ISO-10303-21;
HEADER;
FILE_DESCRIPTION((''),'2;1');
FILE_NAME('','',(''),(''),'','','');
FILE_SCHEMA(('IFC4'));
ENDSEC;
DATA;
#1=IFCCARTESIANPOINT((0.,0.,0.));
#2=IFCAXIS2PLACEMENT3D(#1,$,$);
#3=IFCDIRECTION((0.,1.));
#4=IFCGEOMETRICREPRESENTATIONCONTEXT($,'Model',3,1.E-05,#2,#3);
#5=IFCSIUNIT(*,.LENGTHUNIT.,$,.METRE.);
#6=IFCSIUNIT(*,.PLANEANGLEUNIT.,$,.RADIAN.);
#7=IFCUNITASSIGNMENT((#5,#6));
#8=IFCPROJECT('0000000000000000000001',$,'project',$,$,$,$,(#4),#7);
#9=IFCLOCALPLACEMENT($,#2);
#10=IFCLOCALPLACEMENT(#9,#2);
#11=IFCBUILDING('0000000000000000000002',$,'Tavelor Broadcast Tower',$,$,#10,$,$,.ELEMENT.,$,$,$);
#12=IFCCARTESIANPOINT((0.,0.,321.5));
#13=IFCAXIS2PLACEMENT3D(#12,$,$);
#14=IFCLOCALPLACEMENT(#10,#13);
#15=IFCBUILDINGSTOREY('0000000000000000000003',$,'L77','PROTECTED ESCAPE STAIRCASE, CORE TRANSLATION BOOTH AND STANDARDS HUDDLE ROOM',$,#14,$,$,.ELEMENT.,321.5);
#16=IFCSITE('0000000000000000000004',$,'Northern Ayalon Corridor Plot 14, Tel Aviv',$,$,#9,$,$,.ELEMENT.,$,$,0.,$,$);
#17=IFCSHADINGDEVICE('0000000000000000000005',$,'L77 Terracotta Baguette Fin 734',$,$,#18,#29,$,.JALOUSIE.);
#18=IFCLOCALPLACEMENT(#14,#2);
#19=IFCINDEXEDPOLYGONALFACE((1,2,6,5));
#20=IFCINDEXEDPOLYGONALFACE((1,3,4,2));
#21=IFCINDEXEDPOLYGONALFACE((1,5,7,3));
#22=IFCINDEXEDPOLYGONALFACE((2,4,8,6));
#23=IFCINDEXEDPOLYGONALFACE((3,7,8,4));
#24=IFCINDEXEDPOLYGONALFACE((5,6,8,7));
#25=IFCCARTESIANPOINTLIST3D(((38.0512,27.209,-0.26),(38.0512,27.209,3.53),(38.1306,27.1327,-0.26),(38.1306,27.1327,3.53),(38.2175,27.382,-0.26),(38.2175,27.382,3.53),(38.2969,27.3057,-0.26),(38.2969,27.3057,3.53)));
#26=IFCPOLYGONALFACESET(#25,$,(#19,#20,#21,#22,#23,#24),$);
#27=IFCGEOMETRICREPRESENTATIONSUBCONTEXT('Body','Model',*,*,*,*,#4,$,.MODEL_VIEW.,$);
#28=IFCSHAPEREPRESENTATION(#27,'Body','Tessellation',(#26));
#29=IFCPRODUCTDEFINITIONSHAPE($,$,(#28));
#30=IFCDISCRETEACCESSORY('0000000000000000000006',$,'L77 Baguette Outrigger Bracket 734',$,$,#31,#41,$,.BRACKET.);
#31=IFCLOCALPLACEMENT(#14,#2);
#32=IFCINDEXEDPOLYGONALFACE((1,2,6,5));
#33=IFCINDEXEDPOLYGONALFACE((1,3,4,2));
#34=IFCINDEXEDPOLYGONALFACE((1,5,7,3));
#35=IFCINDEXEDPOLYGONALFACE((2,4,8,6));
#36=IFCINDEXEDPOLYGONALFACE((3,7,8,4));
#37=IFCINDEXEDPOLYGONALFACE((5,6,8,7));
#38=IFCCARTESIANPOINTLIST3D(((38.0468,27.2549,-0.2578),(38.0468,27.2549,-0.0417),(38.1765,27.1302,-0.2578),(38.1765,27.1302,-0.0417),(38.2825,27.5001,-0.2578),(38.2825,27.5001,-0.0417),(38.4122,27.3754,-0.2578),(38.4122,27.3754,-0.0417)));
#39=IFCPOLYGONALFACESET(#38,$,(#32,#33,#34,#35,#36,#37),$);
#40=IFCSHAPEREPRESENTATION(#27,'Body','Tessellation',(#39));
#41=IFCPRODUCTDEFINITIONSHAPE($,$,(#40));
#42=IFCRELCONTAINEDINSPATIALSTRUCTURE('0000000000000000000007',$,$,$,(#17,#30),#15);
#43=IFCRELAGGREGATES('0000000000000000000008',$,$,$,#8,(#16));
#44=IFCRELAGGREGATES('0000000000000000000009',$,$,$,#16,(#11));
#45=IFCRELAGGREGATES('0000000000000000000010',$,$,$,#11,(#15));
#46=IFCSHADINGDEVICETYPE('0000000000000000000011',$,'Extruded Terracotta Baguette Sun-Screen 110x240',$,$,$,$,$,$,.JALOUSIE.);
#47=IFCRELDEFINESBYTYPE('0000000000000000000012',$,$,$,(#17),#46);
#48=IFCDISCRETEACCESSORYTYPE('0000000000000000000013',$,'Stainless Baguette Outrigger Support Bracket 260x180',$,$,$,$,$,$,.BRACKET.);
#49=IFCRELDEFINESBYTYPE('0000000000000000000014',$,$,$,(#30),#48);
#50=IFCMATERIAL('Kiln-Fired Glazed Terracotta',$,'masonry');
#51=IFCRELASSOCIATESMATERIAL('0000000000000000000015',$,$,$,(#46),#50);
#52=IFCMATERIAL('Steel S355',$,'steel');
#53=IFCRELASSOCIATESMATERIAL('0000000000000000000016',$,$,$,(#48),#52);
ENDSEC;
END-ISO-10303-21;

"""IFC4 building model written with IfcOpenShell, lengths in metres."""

from ifc_helpers import new_model, si_unit, direction, frame, origin, origin_2d, place, context, subcontext, project, spatial, rectangle, extrude, source, transform, mapped, material, type_object, type_shapes, element, save


model = new_model("IFC4")

# Units and contexts
model_context = context("Model", 3, precision=1e-05, world=origin(), true_north=direction((0.0, 1.0)))
body_context = subcontext(model_context, "Body", "Model", "MODEL_VIEW")
ifc_project = project(units=[si_unit("LENGTHUNIT", "METRE"), si_unit("PLANEANGLEUNIT", "RADIAN")], contexts=[model_context])

# Site, building, storey
site_placement = place(None, origin())
site = spatial("IfcSite", under=ifc_project, at=site_placement, Name="Northern Ayalon Corridor Plot 14, Tel Aviv", CompositionType="ELEMENT", RefElevation=0.0)
building_placement = place(site_placement, origin())
building = spatial("IfcBuilding", under=site, at=building_placement, Name="Tavelor Broadcast Tower", CompositionType="ELEMENT")
storey_placement = place(building_placement, frame((0.0, 0.0, 321.5)))
storey = spatial("IfcBuildingStorey", under=building, at=storey_placement, Name="L77", Description="PROTECTED ESCAPE STAIRCASE, CORE TRANSLATION BOOTH AND STANDARDS HUDDLE ROOM", CompositionType="ELEMENT", Elevation=321.5)

# Shared definitions
ifc_material_1 = material(Name="Steel S355", Category="steel")

# Shading device
ifc_material_2 = material(Name="Kiln-Fired Glazed Terracotta", Category="masonry")
shading_device_type = type_object("IfcShadingDeviceType", Name="Extruded Terracotta Baguette Sun-Screen 110x240", PredefinedType="JALOUSIE", material=ifc_material_2)
shared_shape_1 = source(origin(), body_context, "Body", "SweptSolid", [
    extrude(rectangle(XDim=0.1101, YDim=0.24, at=origin_2d()), origin(), (0.0, 0.0, 1.0), 3.79),
])
type_shapes(shading_device_type, [shared_shape_1])
shading_device_placement = place(storey_placement, frame((38.1741, 27.2573, -0.26), z_axis=(0.0, 0.0, 1.0), x_axis=(0.720914, -0.693024, 0.0)))
element("IfcShadingDevice", 1, at=shading_device_placement, inside=storey, type_object=shading_device_type, Name="L77 Terracotta Baguette Fin 734", PredefinedType="JALOUSIE", context=body_context, shape_type="MappedRepresentation", body=[
    mapped(shared_shape_1, transform((0.0, 0.0, 0.0), scale=1.0)),
])

# Discrete accessory
discrete_accessory_type = type_object("IfcDiscreteAccessoryType", Name="Stainless Baguette Outrigger Support Bracket 260x180", PredefinedType="BRACKET", material=ifc_material_1)
shared_shape_2 = source(origin(), body_context, "Body", "SweptSolid", [
    extrude(rectangle(XDim=0.1799, YDim=0.3401, at=origin_2d()), origin(), (0.0, 0.0, 1.0), 0.2161),
])
type_shapes(discrete_accessory_type, [shared_shape_2])
discrete_accessory_placement = place(storey_placement, frame((38.2295, 27.3152, -0.2578), z_axis=(0.0, 0.0, 1.0), x_axis=(0.720914, -0.693024, 0.0)))
element("IfcDiscreteAccessory", 2, at=discrete_accessory_placement, inside=storey, type_object=discrete_accessory_type, Name="L77 Baguette Outrigger Bracket 734", PredefinedType="BRACKET", context=body_context, shape_type="MappedRepresentation", body=[
    mapped(shared_shape_2, transform((0.0, 0.0, 0.0), scale=1.0)),
])

save(model, "model.ifc")
